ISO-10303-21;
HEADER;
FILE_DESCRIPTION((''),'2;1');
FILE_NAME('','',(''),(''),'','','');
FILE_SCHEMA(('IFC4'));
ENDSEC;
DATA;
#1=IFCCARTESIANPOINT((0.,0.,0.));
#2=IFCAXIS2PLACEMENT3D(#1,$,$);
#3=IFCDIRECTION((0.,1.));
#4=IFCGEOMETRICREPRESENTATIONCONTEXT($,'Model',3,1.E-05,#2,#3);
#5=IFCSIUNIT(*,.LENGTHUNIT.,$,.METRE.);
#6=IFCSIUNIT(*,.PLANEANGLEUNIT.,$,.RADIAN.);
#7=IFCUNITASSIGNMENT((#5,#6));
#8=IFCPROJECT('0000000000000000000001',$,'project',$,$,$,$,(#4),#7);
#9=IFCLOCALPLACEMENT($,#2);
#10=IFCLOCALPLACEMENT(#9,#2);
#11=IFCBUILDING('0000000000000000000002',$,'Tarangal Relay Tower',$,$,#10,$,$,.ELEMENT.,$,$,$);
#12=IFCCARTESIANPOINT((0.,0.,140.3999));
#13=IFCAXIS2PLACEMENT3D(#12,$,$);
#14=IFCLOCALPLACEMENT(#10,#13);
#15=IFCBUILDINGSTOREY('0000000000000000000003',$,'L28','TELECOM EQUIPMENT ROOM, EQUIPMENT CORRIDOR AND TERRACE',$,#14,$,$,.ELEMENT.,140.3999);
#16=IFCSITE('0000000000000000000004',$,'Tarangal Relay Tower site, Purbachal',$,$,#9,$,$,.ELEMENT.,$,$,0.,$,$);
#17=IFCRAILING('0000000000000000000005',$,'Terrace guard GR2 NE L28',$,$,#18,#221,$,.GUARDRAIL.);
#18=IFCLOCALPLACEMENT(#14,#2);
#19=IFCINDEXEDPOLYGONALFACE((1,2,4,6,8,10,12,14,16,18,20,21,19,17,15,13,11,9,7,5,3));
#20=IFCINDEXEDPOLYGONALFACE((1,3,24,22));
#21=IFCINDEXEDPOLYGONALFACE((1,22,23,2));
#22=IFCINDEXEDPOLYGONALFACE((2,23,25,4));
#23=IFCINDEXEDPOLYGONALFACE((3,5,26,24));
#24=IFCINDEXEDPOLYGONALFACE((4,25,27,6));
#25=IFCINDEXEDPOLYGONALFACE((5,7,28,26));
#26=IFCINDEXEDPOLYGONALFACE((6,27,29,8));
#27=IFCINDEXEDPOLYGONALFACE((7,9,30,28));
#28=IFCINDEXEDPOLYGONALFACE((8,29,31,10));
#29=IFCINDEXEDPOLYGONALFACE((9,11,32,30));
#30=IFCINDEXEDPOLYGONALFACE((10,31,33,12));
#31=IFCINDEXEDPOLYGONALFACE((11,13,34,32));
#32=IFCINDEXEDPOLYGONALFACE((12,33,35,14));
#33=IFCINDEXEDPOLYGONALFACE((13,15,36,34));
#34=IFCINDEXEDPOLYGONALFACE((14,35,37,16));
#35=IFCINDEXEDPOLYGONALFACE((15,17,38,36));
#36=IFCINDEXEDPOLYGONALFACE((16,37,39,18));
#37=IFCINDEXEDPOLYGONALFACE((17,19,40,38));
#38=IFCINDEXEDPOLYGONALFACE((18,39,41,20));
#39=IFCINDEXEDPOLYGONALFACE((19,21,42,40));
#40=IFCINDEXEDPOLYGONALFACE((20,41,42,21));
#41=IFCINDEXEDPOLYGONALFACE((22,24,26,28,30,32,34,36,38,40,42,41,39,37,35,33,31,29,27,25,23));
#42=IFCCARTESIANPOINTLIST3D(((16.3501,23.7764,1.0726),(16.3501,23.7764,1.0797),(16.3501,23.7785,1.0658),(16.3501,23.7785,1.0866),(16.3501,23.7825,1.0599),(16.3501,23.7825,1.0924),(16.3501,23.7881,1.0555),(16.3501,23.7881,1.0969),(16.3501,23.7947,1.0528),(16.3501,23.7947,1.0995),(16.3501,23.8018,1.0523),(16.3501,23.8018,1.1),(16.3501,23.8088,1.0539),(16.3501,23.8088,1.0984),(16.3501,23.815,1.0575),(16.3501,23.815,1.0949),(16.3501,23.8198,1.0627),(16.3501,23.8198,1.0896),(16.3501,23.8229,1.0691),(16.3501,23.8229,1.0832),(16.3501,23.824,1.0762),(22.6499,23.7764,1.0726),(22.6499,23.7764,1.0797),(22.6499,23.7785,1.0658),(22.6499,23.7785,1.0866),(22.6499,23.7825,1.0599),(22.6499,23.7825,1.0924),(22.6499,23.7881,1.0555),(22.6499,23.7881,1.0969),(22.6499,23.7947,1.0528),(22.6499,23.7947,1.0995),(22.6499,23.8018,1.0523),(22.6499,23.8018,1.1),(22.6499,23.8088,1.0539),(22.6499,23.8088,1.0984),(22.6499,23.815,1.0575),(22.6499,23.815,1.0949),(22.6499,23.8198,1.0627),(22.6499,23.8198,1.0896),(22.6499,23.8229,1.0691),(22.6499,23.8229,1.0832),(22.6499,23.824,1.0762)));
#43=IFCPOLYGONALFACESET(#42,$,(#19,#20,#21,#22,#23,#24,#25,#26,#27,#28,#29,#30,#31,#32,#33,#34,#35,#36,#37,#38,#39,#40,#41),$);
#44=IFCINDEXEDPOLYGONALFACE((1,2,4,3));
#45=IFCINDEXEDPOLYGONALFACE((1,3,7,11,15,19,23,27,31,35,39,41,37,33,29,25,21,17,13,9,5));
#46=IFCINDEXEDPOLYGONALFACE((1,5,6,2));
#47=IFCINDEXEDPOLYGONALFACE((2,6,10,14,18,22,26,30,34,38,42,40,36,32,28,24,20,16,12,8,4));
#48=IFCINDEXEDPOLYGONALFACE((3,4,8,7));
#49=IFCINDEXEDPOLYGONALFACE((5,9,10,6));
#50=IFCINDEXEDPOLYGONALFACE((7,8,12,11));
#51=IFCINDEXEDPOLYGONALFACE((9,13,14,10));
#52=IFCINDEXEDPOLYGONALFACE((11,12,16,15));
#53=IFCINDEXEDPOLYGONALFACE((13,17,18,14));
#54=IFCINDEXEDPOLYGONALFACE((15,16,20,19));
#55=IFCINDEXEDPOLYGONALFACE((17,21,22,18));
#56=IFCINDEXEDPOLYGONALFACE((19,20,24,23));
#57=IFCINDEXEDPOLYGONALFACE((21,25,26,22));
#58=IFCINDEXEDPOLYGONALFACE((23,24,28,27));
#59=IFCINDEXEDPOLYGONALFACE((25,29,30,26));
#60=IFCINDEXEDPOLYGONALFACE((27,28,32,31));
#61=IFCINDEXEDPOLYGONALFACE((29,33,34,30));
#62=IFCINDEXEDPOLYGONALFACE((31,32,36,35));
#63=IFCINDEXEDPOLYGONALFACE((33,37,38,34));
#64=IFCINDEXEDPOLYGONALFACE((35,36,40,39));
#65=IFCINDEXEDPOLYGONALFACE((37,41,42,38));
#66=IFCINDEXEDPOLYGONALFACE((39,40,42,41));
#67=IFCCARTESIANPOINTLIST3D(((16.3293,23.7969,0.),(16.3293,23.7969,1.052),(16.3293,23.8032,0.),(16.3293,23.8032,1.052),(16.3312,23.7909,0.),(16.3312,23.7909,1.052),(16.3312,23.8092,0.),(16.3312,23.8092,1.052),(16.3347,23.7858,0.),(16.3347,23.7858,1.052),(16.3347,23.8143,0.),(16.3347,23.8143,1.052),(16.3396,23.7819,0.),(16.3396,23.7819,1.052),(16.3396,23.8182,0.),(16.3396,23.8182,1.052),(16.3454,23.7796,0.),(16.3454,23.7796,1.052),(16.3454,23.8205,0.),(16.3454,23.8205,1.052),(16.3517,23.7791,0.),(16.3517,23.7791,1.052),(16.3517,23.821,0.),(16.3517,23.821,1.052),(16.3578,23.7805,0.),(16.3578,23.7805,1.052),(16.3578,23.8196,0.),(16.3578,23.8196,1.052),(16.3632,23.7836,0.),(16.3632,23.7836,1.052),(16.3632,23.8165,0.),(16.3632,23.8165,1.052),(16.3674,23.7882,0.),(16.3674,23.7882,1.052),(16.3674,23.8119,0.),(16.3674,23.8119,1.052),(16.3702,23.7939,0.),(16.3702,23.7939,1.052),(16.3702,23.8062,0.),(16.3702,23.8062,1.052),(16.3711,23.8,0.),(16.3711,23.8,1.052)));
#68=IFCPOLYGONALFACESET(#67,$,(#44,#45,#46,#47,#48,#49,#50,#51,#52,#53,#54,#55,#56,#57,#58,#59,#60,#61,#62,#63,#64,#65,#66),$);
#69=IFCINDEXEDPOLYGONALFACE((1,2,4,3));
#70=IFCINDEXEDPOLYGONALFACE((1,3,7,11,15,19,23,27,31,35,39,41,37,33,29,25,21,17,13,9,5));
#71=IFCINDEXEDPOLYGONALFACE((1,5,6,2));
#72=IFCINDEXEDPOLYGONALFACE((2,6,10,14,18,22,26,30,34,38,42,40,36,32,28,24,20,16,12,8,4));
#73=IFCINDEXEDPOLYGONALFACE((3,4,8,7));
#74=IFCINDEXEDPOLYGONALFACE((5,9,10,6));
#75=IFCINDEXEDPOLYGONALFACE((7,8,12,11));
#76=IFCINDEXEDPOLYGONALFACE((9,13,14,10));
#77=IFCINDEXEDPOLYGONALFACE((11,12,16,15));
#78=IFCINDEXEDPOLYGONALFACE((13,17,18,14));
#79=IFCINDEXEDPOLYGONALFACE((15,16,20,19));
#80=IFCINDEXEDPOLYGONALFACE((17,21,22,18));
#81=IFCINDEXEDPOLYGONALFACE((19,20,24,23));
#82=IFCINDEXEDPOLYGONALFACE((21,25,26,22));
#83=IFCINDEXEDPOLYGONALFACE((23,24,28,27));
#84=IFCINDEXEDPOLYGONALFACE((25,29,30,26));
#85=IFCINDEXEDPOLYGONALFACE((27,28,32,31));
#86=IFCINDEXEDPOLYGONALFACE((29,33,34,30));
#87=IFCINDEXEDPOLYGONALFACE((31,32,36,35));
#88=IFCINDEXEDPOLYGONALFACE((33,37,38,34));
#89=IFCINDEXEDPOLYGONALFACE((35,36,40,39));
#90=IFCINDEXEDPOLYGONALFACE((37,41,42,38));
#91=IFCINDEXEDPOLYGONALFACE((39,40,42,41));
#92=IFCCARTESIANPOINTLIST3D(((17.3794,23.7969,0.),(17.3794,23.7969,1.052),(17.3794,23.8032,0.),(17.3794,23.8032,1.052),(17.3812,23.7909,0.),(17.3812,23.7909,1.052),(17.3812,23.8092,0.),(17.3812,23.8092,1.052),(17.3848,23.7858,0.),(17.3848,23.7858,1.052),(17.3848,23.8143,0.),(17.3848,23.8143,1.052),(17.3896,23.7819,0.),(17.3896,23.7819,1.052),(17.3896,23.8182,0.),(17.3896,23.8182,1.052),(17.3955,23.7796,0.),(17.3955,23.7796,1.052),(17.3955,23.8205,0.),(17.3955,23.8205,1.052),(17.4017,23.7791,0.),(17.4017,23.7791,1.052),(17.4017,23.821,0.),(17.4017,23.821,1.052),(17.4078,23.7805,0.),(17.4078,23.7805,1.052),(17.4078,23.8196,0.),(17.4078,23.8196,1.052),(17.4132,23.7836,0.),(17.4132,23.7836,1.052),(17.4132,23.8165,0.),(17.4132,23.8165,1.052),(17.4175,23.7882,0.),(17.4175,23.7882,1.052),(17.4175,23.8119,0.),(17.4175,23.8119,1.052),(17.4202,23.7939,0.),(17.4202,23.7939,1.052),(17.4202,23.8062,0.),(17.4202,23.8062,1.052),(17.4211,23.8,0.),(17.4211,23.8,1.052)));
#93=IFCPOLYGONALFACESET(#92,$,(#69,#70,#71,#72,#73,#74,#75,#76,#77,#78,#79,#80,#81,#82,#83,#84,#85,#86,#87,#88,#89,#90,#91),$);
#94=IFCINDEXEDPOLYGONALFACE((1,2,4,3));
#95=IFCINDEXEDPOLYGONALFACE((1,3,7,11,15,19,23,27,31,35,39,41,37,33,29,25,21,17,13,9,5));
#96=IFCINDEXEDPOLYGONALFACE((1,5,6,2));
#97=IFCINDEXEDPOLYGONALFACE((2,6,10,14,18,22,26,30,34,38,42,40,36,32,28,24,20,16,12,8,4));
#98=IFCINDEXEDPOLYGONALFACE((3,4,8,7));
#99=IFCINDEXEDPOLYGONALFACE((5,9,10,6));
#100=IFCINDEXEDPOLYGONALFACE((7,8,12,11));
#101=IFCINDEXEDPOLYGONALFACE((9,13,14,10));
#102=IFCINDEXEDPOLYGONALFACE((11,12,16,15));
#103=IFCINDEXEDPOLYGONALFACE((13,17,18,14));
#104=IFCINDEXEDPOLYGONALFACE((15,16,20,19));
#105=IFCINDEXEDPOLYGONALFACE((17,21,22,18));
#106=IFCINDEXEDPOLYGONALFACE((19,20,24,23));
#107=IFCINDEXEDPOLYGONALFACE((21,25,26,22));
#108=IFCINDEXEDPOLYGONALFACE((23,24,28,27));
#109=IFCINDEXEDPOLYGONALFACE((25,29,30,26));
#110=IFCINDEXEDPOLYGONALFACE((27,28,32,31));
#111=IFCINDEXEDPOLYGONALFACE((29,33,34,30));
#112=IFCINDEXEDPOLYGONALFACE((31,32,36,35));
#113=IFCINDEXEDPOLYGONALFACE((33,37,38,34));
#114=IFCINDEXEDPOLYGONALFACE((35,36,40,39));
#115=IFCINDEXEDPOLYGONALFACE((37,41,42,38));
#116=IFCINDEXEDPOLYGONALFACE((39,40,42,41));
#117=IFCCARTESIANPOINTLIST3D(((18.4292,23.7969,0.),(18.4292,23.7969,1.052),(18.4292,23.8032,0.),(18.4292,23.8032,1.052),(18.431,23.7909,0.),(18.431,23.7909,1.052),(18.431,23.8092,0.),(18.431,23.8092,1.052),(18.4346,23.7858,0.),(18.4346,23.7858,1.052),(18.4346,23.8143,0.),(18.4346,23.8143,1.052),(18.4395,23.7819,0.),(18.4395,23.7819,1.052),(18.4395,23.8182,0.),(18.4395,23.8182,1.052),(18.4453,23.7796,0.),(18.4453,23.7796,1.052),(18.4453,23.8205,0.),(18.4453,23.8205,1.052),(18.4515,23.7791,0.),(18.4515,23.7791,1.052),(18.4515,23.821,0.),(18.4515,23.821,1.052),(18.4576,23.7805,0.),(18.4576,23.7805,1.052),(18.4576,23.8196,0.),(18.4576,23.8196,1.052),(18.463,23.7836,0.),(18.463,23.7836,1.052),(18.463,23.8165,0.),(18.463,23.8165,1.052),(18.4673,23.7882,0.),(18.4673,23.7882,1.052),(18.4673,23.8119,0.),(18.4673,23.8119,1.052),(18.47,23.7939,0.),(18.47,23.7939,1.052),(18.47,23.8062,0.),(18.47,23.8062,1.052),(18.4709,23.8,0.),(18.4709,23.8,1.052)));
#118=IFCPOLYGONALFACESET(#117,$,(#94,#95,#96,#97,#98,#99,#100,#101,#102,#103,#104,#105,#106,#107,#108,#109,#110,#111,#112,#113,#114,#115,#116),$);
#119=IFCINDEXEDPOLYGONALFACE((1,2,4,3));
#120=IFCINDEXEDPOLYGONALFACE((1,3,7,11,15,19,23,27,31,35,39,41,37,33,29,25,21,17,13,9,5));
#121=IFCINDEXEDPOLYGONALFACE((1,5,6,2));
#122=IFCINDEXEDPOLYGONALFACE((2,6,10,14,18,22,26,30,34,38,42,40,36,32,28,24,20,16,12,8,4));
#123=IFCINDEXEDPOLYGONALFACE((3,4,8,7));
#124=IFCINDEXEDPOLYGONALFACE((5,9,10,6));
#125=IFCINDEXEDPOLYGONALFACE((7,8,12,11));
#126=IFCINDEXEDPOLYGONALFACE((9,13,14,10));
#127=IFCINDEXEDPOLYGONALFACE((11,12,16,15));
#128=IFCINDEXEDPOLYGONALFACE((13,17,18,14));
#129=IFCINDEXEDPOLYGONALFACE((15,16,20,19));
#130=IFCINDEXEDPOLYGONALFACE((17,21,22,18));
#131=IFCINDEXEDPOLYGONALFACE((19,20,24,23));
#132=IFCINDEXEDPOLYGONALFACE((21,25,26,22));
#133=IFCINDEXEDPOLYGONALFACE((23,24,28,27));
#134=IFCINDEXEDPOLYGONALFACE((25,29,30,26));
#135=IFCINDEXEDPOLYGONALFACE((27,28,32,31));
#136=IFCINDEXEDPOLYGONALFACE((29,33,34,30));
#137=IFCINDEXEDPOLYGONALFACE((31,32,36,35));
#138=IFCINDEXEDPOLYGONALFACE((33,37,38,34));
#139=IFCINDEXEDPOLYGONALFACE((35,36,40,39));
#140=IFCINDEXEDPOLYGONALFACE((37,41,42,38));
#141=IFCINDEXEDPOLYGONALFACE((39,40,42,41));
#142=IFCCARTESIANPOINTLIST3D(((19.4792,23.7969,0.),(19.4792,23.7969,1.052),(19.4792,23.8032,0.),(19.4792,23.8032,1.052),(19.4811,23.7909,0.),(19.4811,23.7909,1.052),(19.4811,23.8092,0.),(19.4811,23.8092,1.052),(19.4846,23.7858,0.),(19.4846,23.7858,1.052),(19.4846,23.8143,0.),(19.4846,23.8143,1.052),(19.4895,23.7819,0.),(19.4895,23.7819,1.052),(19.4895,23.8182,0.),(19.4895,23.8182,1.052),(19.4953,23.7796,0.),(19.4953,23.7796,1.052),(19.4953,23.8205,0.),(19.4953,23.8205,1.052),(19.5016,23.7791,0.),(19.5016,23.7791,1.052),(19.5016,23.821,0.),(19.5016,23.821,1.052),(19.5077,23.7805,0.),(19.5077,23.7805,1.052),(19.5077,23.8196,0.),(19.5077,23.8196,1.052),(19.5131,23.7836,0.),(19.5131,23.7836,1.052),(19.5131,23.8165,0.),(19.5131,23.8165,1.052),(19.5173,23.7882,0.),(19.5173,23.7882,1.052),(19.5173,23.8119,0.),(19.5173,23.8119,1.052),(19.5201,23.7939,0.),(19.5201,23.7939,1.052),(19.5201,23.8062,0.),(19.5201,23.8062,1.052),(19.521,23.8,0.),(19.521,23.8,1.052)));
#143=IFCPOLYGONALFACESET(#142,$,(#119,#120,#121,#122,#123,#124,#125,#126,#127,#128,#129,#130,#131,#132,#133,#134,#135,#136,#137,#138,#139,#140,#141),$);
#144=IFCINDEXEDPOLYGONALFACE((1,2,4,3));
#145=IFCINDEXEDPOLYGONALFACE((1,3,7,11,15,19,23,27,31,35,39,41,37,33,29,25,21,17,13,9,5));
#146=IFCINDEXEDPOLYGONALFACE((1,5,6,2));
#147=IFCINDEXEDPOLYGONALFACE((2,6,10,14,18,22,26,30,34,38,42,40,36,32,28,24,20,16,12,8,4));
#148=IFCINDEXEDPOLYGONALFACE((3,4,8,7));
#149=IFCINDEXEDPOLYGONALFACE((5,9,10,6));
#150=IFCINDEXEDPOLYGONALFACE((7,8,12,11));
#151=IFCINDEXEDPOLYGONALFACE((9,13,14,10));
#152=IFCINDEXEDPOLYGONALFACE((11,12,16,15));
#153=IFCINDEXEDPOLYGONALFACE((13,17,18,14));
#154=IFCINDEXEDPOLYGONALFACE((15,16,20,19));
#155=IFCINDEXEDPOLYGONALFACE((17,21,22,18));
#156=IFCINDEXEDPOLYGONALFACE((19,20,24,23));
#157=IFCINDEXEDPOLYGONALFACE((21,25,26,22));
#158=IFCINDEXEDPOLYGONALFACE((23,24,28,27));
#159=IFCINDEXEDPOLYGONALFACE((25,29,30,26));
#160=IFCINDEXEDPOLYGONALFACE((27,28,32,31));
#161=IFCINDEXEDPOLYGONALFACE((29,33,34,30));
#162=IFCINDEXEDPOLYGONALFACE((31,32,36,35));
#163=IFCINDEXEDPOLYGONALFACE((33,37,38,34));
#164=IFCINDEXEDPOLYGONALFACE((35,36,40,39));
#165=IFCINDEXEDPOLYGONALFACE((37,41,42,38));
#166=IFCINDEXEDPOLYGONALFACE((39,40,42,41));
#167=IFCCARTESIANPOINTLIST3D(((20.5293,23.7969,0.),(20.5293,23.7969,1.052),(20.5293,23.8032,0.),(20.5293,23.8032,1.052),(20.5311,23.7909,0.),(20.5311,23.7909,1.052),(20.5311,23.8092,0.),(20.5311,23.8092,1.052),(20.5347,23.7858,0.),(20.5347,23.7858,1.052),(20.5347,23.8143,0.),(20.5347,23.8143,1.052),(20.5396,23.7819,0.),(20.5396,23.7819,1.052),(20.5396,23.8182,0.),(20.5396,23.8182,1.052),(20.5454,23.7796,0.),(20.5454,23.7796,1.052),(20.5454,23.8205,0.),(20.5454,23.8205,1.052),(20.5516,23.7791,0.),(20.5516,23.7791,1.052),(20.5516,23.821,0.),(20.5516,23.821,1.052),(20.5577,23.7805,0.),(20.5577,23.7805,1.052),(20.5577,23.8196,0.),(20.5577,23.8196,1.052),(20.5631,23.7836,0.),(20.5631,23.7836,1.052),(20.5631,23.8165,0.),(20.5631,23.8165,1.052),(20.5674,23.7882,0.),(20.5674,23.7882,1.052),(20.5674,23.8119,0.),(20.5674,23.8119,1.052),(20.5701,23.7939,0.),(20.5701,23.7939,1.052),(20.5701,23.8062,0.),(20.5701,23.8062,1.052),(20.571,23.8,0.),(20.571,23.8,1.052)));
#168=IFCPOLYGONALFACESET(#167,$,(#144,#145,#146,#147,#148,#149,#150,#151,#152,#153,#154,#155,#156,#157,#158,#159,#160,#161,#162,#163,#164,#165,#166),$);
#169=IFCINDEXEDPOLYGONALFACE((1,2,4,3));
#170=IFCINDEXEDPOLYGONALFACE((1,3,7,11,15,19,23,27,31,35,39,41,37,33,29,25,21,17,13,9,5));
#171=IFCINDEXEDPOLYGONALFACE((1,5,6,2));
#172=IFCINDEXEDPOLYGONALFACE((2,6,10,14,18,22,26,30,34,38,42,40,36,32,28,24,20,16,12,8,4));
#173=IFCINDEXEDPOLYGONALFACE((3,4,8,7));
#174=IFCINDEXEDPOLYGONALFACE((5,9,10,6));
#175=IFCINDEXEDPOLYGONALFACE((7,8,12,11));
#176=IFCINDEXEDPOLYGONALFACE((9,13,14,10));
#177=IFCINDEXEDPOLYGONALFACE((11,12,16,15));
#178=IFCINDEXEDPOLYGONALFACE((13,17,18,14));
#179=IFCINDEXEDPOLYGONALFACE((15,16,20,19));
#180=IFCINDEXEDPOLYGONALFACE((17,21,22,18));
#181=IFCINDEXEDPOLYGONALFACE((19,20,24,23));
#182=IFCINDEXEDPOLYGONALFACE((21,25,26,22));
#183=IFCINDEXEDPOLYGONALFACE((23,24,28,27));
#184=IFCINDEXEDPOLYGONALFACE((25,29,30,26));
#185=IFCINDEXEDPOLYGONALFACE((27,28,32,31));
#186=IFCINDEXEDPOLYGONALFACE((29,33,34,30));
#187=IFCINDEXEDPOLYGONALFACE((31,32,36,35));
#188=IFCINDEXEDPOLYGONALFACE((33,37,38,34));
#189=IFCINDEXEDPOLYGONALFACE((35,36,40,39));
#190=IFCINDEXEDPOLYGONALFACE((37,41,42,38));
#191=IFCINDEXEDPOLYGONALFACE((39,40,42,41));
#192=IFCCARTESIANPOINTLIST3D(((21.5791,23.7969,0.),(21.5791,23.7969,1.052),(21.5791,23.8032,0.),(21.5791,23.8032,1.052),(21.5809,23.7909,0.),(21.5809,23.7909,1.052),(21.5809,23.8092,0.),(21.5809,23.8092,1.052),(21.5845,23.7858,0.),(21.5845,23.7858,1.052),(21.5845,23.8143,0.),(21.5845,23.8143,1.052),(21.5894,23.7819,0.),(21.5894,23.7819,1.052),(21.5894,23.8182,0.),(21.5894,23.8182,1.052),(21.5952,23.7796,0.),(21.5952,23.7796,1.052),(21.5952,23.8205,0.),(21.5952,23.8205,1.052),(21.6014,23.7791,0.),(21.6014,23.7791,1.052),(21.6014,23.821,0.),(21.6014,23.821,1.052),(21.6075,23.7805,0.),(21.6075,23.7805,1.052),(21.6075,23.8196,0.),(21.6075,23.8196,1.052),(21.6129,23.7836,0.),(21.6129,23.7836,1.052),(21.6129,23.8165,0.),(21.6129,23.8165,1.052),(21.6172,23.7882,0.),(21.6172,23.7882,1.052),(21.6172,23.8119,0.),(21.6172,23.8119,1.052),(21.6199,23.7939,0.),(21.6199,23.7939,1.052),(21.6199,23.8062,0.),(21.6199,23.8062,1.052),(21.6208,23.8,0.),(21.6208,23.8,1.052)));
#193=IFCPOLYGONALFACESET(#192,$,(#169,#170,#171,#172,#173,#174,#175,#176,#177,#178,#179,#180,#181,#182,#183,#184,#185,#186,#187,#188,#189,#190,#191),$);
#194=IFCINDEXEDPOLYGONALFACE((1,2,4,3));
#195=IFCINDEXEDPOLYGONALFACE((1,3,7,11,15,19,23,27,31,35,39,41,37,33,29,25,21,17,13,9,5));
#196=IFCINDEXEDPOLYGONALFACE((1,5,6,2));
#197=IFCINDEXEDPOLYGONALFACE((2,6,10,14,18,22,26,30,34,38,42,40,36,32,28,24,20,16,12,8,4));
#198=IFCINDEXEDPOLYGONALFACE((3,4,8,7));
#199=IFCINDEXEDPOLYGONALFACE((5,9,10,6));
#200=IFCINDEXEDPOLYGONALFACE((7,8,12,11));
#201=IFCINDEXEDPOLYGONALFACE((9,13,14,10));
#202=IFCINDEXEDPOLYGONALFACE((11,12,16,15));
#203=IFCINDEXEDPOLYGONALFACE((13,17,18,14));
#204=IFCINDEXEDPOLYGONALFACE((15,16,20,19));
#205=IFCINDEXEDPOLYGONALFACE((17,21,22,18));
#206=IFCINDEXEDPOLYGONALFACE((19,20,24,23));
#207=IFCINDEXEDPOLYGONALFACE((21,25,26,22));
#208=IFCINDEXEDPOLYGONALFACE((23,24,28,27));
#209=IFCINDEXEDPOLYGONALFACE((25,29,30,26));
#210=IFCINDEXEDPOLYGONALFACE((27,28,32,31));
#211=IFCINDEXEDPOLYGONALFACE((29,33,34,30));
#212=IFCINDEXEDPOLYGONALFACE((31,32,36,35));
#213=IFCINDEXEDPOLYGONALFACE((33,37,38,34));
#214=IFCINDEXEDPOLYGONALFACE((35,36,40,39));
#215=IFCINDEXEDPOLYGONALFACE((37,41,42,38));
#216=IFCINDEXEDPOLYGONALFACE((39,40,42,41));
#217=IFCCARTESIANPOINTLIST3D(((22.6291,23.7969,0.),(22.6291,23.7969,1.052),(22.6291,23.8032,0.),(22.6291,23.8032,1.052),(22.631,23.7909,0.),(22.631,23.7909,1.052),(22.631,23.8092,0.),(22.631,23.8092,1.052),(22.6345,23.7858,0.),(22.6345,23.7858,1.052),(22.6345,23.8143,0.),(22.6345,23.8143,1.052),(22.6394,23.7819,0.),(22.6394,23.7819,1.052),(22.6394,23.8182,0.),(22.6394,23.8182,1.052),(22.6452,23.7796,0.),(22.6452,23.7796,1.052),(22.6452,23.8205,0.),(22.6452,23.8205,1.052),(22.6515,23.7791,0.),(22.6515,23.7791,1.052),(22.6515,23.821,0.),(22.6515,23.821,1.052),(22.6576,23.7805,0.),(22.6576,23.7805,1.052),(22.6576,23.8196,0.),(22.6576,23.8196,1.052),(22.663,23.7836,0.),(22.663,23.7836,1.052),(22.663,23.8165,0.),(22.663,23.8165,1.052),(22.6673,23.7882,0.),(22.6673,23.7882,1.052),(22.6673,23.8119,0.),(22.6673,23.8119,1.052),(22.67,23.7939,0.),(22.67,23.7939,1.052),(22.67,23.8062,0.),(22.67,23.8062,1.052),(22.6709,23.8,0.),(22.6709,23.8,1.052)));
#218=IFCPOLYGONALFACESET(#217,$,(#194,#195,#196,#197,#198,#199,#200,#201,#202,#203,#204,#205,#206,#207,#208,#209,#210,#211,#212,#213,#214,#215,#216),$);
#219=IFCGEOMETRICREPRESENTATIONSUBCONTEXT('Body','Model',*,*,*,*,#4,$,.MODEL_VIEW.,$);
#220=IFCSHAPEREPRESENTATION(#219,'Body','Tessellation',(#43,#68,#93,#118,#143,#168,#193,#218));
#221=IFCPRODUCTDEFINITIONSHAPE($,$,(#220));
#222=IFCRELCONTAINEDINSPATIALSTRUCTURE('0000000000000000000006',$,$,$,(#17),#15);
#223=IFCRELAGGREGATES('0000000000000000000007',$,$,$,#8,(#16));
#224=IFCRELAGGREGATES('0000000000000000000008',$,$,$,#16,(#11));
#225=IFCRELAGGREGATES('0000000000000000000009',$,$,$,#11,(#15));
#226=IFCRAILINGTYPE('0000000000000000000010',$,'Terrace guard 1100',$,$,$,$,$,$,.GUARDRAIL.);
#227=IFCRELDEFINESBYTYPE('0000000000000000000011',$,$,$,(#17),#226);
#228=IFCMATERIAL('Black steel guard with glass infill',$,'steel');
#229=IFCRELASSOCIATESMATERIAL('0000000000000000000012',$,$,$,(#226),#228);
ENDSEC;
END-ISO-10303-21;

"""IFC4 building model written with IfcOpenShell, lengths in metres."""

from ifc_helpers import new_model, si_unit, direction, frame, origin, origin_2d, place, context, subcontext, project, spatial, circle, extrude, material, type_object, element, save


model = new_model("IFC4")

# Units and contexts
model_context = context("Model", 3, precision=1e-05, world=origin(), true_north=direction((0.0, 1.0)))
body_context = subcontext(model_context, "Body", "Model", "MODEL_VIEW")
ifc_project = project(units=[si_unit("LENGTHUNIT", "METRE"), si_unit("PLANEANGLEUNIT", "RADIAN")], contexts=[model_context])

# Site, building, storey
site_placement = place(None, origin())
site = spatial("IfcSite", under=ifc_project, at=site_placement, Name="Tarangal Relay Tower site, Purbachal", CompositionType="ELEMENT", RefElevation=0.0)
building_placement = place(site_placement, origin())
building = spatial("IfcBuilding", under=site, at=building_placement, Name="Tarangal Relay Tower", CompositionType="ELEMENT")
storey_placement = place(building_placement, frame((0.0, 0.0, 140.3999)))
storey = spatial("IfcBuildingStorey", under=building, at=storey_placement, Name="L28", Description="TELECOM EQUIPMENT ROOM, EQUIPMENT CORRIDOR AND TERRACE", CompositionType="ELEMENT", Elevation=140.3999)

# Railing
ifc_material_1 = material(Name="Black steel guard with glass infill", Category="steel")
railing_type = type_object("IfcRailingType", Name="Terrace guard 1100", PredefinedType="GUARDRAIL", material=ifc_material_1)
railing_1_placement = place(storey_placement, frame((16.3501, 23.8, 0.0)))
element("IfcRailing", 1, at=railing_1_placement, inside=storey, type_object=railing_type, Name="Terrace guard GR2 NE L28", PredefinedType="GUARDRAIL", context=body_context, shape_type="SweptSolid", body=[
    extrude(circle(Radius=0.0239, at=origin_2d()), frame((0.0, 0.0, 1.0762), z_axis=(1.0, 0.0, 0.0), x_axis=(0.0, 1.0, 0.0)), (0.0, 0.0, 1.0), 6.2998),
    extrude(circle(Radius=0.021, at=origin_2d()), origin(), (0.0, 0.0, 1.0), 1.052),
    extrude(circle(Radius=0.021, at=origin_2d()), frame((1.05, 0.0, 0.0)), (0.0, 0.0, 1.0), 1.052),
    extrude(circle(Radius=0.021, at=origin_2d()), frame((2.0999, 0.0, 0.0)), (0.0, 0.0, 1.0), 1.052),
    extrude(circle(Radius=0.021, at=origin_2d()), frame((3.1499, 0.0, 0.0)), (0.0, 0.0, 1.0), 1.052),
    extrude(circle(Radius=0.021, at=origin_2d()), frame((4.2, 0.0, 0.0)), (0.0, 0.0, 1.0), 1.052),
    extrude(circle(Radius=0.021, at=origin_2d()), frame((5.2498, 0.0, 0.0)), (0.0, 0.0, 1.0), 1.052),
    extrude(circle(Radius=0.021, at=origin_2d()), frame((6.2998, 0.0, 0.0)), (0.0, 0.0, 1.0), 1.052),
])

save(model, "model.ifc")
